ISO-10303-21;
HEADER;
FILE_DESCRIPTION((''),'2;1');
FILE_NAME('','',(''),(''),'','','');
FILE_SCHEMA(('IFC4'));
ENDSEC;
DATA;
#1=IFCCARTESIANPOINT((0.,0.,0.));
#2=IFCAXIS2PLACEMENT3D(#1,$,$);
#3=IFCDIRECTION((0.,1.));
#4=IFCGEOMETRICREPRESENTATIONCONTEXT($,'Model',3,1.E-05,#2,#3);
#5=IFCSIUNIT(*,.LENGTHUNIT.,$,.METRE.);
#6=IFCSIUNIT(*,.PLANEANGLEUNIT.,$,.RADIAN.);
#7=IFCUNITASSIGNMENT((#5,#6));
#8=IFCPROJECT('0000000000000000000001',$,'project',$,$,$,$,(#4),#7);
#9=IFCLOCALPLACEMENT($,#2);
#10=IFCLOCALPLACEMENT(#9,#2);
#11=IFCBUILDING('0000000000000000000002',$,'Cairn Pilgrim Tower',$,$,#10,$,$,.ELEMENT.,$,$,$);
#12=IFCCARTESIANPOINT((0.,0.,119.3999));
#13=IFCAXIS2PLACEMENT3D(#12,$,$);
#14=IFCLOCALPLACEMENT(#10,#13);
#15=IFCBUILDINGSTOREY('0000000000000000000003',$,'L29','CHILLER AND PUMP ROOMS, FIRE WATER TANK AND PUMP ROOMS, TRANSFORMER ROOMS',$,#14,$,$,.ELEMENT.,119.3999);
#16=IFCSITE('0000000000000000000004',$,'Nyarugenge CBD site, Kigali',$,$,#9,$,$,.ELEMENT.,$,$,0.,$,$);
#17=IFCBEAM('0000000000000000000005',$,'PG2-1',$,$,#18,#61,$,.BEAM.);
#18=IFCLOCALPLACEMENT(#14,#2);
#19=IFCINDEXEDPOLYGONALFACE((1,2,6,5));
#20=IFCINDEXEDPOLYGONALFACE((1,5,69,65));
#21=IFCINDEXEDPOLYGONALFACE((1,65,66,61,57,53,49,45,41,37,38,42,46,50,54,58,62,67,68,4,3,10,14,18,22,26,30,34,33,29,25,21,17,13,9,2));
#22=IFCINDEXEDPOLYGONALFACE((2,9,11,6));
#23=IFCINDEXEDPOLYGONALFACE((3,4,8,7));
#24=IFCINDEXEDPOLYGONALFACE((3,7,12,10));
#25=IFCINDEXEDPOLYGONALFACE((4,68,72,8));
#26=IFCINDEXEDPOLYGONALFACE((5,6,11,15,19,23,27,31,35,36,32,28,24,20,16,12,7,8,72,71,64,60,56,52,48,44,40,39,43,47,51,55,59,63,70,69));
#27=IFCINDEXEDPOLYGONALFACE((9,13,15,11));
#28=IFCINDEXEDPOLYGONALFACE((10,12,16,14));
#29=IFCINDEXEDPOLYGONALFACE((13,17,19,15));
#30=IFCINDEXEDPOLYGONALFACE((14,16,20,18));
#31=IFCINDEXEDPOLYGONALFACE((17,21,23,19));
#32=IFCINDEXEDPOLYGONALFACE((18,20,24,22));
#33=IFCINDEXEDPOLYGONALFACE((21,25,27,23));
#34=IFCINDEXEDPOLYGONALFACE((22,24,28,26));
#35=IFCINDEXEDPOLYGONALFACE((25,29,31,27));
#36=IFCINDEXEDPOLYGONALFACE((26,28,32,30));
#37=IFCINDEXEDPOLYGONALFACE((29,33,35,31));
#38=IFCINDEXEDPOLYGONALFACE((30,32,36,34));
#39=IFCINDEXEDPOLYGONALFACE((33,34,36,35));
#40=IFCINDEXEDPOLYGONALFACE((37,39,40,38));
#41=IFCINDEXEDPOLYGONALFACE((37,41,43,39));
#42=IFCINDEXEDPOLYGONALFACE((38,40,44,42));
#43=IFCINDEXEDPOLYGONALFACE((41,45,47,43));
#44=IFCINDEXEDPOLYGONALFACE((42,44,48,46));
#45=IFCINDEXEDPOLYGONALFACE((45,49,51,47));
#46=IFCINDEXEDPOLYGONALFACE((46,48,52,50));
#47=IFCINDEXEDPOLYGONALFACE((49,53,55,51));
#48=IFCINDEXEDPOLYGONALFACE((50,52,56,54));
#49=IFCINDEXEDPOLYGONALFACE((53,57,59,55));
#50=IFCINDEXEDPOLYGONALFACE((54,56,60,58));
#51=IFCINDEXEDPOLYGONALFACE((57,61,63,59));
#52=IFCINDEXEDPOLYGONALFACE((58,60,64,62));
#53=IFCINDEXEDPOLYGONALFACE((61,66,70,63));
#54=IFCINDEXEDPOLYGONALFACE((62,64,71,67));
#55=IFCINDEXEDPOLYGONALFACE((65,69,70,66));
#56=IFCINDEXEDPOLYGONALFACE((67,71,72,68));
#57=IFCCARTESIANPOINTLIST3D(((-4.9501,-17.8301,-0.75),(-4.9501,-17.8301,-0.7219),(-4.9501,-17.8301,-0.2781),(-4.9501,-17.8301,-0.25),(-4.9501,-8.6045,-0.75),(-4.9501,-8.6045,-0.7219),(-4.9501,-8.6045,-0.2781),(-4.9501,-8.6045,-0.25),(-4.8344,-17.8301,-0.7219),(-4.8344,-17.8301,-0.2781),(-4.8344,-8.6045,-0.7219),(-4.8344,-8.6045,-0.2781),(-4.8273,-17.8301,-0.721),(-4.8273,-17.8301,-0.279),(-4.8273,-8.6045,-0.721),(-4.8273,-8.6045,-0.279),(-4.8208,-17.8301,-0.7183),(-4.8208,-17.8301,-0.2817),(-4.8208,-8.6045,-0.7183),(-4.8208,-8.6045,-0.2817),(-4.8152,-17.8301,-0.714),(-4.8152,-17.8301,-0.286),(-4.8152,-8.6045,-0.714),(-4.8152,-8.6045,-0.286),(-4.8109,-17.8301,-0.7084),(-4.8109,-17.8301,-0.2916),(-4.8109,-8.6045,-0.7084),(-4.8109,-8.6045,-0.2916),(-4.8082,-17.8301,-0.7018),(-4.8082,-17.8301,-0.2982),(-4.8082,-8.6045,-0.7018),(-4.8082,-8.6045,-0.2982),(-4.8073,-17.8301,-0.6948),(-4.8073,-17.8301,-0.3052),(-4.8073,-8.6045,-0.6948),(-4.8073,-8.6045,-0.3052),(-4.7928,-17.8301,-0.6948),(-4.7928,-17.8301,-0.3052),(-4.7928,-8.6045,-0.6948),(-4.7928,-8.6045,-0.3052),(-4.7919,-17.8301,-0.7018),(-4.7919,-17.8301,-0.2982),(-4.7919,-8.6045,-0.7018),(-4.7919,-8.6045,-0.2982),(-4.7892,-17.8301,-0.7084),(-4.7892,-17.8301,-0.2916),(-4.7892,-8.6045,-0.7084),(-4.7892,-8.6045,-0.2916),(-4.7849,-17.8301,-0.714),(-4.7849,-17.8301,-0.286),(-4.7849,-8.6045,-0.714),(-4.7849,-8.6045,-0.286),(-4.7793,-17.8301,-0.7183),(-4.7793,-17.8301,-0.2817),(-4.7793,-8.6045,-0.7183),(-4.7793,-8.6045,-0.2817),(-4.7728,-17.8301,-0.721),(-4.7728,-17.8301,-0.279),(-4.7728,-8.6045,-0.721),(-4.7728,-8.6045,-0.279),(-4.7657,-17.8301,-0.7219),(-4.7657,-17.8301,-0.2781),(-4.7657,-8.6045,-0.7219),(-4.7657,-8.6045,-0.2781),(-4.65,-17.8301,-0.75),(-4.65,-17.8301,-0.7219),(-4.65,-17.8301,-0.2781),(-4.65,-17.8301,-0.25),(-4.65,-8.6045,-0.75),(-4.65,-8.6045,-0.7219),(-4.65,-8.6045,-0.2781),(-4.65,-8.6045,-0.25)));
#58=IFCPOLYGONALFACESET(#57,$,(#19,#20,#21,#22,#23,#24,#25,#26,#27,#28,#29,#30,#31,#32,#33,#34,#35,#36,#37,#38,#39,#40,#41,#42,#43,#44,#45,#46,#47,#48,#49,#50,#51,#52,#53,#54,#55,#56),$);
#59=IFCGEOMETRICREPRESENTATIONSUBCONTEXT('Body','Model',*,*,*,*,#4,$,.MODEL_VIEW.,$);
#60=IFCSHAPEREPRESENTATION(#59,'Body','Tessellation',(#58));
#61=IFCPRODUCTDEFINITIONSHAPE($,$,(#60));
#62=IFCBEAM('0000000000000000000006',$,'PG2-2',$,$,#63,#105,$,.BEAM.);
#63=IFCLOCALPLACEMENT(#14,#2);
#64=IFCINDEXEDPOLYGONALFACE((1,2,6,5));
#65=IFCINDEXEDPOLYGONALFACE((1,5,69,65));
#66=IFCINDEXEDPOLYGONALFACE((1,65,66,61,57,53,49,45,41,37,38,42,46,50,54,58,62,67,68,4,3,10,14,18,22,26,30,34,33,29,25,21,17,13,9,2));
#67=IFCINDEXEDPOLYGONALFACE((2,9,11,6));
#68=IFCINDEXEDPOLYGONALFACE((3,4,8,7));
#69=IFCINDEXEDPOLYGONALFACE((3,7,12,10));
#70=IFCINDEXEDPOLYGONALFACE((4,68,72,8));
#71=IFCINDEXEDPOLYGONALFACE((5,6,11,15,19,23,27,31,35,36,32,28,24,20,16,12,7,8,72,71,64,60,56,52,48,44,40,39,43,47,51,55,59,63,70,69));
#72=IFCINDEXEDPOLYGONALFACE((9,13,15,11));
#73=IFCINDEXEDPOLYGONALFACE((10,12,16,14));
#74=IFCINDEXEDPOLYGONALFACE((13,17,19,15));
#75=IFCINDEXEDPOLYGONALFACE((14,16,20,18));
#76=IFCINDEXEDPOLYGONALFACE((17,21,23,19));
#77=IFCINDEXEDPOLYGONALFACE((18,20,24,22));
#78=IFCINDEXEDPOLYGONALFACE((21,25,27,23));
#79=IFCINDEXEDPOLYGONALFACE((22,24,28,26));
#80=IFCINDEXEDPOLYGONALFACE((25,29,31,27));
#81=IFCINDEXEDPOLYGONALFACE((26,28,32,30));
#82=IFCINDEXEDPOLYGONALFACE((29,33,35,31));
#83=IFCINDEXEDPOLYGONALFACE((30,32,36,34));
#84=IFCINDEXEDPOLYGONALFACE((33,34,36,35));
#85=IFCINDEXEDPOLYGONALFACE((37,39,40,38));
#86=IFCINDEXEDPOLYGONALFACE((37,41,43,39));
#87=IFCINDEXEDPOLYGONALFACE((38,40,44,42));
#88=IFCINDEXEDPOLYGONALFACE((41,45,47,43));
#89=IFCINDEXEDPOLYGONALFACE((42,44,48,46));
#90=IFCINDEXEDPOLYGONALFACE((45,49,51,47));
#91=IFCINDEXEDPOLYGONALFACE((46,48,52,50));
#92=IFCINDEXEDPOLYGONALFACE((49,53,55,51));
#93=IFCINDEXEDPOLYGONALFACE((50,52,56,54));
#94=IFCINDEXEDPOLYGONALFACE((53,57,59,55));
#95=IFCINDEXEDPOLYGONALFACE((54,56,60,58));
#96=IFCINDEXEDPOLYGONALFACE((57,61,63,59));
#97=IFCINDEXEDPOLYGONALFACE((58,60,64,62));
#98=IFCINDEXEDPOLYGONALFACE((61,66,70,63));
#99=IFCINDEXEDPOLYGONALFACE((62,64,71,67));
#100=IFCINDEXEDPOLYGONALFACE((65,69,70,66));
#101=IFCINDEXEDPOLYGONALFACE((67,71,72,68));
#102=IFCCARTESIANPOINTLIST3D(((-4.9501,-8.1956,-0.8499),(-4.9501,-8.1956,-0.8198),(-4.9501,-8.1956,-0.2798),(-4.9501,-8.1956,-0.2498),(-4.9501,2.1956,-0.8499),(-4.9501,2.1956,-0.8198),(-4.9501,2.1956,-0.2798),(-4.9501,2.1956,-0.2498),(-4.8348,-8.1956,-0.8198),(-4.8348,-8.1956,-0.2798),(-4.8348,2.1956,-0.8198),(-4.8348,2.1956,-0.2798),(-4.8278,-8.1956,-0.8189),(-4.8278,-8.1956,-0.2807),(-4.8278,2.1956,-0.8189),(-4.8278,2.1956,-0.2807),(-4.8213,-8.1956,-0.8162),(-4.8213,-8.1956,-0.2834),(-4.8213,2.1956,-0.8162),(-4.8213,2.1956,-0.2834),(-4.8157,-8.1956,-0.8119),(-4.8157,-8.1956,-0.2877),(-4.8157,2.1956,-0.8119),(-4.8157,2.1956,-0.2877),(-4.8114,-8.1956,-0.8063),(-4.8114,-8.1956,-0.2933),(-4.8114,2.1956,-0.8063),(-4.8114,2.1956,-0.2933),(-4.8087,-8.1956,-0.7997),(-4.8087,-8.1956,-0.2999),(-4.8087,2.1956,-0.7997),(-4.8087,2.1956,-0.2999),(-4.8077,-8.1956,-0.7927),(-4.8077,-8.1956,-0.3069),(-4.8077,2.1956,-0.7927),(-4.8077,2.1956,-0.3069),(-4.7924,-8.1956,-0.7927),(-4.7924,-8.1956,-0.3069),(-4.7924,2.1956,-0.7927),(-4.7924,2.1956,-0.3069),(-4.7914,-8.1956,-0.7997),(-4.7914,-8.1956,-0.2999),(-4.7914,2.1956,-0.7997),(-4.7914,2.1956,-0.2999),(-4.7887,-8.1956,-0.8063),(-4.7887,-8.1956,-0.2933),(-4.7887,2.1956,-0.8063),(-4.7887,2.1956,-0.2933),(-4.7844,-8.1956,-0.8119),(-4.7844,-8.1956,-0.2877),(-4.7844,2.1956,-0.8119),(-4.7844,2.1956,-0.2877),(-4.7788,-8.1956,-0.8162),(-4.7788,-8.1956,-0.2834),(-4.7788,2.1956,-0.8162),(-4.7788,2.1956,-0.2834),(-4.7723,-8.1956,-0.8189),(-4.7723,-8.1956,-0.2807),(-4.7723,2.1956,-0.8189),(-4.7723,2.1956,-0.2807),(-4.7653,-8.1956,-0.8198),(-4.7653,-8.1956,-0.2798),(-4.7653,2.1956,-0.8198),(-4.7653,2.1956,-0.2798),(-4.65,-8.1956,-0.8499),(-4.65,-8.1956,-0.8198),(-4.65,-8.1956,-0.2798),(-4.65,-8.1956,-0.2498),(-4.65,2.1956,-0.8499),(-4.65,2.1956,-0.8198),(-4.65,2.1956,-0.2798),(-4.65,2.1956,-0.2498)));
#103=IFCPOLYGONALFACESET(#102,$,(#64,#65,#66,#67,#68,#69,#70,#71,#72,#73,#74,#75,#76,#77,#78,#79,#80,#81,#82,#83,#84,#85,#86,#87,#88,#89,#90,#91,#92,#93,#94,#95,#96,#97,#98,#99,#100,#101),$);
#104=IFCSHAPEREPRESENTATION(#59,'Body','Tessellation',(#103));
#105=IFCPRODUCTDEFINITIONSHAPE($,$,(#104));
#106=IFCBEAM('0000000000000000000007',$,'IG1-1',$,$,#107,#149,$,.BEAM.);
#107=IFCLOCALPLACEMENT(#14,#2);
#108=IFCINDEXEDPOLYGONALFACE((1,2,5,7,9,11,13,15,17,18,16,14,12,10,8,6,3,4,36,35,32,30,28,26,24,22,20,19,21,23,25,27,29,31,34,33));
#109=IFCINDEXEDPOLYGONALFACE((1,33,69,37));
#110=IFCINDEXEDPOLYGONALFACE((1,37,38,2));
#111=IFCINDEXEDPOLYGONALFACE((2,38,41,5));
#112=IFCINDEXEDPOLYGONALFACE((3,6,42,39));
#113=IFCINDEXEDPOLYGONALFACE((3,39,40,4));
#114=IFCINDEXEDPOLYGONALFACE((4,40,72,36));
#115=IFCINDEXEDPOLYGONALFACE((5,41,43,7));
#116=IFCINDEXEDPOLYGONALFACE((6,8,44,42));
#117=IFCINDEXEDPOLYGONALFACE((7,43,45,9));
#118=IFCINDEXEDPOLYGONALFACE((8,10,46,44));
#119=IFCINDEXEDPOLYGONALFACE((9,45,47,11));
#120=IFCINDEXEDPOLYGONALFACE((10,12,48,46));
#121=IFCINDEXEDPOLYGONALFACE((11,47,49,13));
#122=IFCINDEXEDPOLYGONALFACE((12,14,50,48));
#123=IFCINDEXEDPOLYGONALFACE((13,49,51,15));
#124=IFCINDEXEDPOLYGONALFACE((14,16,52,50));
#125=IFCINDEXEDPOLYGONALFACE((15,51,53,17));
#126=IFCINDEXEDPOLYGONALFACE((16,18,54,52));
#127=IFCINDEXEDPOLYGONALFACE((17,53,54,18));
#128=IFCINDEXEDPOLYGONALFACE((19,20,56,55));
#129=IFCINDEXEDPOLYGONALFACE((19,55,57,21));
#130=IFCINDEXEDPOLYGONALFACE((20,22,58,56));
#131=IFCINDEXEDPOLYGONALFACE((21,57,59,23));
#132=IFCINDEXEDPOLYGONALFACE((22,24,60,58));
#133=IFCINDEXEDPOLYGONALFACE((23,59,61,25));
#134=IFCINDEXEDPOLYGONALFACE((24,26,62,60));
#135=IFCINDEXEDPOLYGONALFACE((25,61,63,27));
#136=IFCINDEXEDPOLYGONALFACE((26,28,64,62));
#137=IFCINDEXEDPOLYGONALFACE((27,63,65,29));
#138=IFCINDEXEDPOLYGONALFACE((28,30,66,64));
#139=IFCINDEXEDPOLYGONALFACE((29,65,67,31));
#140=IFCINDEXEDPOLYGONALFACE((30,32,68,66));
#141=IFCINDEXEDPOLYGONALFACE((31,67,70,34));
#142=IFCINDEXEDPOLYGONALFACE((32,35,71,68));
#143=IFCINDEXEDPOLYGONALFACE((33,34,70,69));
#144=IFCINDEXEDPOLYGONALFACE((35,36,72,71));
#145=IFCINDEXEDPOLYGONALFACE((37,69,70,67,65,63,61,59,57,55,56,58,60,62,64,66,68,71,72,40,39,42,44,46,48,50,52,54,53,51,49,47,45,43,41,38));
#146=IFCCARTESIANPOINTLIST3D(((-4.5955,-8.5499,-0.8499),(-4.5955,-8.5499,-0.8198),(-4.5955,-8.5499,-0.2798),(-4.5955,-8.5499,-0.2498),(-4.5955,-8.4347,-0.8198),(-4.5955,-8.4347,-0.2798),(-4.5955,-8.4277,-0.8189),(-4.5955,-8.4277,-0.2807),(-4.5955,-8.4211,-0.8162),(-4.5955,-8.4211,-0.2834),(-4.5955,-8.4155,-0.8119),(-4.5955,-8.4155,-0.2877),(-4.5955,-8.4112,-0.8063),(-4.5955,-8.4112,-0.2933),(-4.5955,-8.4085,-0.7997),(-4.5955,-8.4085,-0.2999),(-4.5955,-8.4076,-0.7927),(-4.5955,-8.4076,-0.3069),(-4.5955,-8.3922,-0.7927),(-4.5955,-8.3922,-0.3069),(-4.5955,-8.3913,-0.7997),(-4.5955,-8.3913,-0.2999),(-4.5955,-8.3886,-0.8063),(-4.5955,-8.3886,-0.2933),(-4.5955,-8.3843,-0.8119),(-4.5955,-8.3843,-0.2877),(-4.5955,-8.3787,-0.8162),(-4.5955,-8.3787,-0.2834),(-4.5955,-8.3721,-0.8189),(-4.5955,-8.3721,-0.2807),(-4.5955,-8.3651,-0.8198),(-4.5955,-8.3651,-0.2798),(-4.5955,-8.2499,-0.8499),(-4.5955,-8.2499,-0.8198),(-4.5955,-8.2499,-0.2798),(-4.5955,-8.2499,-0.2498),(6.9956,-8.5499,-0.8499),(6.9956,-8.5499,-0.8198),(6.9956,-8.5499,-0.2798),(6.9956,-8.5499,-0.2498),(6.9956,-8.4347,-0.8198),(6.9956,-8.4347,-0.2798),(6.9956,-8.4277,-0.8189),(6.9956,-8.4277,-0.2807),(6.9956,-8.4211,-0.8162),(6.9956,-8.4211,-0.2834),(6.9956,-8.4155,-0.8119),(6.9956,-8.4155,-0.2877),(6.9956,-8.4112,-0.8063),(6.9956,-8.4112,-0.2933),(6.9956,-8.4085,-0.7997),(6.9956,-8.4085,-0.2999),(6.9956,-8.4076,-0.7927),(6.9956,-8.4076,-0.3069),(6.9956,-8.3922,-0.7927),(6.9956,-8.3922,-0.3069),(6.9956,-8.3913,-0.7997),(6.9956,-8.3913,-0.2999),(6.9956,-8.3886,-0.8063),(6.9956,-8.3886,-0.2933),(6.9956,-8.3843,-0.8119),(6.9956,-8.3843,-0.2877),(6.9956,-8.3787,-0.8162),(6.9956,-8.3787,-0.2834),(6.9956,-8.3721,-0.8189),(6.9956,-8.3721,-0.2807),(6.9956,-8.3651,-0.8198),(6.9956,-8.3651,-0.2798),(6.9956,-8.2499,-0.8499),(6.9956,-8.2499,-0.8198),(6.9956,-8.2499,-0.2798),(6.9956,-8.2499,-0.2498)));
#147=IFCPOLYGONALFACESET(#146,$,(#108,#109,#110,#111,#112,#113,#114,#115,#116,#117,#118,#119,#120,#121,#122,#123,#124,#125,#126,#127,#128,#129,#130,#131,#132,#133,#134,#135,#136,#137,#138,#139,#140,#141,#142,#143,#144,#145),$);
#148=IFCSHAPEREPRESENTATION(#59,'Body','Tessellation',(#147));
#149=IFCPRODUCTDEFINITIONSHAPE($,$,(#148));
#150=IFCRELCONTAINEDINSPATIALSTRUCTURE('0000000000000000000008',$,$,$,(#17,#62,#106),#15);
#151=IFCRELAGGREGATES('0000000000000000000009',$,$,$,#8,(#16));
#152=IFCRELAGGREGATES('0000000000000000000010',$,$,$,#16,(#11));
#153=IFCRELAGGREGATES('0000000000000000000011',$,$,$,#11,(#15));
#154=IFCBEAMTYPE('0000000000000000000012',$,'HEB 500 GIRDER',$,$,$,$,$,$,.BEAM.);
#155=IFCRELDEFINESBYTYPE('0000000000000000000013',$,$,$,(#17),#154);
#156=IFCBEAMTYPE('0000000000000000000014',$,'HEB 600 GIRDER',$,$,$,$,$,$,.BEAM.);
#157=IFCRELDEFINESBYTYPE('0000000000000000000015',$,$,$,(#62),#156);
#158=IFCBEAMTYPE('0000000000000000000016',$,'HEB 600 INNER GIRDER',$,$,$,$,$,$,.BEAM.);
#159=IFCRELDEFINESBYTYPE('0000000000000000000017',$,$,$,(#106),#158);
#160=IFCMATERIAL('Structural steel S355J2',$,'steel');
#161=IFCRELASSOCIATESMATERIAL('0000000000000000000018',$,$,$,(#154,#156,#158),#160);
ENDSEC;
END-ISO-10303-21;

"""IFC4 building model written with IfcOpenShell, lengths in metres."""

from ifc_helpers import new_model, si_unit, direction, frame, origin, origin_2d, place, context, subcontext, project, spatial, i_section, extrude, material, material_profile, profile_set, type_object, element, save


model = new_model("IFC4")

# Units and contexts
model_context = context("Model", 3, precision=1e-05, world=origin(), true_north=direction((0.0, 1.0)))
body_context = subcontext(model_context, "Body", "Model", "MODEL_VIEW")
ifc_project = project(units=[si_unit("LENGTHUNIT", "METRE"), si_unit("PLANEANGLEUNIT", "RADIAN")], contexts=[model_context])

# Site, building, storey
site_placement = place(None, origin())
site = spatial("IfcSite", under=ifc_project, at=site_placement, Name="Nyarugenge CBD site, Kigali", CompositionType="ELEMENT", RefElevation=0.0)
building_placement = place(site_placement, origin())
building = spatial("IfcBuilding", under=site, at=building_placement, Name="Cairn Pilgrim Tower", CompositionType="ELEMENT")
storey_placement = place(building_placement, frame((0.0, 0.0, 119.3999)))
storey = spatial("IfcBuildingStorey", under=building, at=storey_placement, Name="L29", Description="CHILLER AND PUMP ROOMS, FIRE WATER TANK AND PUMP ROOMS, TRANSFORMER ROOMS", CompositionType="ELEMENT", Elevation=119.3999)

# Beams
ifc_material_1 = material(Name="Structural steel S355J2", Category="steel")
ifc_material_profile_1 = material_profile(ifc_material_1, i_section(OverallWidth=0.3, OverallDepth=0.5, WebThickness=0.0144, FlangeThickness=0.0281, FilletRadius=0.0271, at=origin_2d()), Name="HEB 500")
ifc_profile_set_1 = profile_set([ifc_material_profile_1], Name="Structural steel S355J2")
beam_type_1 = type_object("IfcBeamType", Name="HEB 500 GIRDER", PredefinedType="BEAM", material=ifc_profile_set_1)
beam_1_placement = place(storey_placement, frame((-4.8, -17.8301, -0.5), z_axis=(0.0, 1.0, 0.0), x_axis=(-1.0, 0.0, 0.0)))
element("IfcBeam", 1, at=beam_1_placement, inside=storey, type_object=beam_type_1, Name="PG2-1", PredefinedType="BEAM", context=body_context, shape_type="SweptSolid", body=[
    extrude(i_section(OverallWidth=0.3, OverallDepth=0.5, WebThickness=0.0144, FlangeThickness=0.0281, FilletRadius=0.0271, at=origin_2d()), origin(), (0.0, 0.0, 1.0), 9.2256),
])
ifc_material_profile_2 = material_profile(ifc_material_1, i_section(OverallWidth=0.3, OverallDepth=0.6001, WebThickness=0.0154, FlangeThickness=0.03, FilletRadius=0.0271, at=origin_2d()), Name="HEB 600")
ifc_profile_set_2 = profile_set([ifc_material_profile_2], Name="Structural steel S355J2")
beam_type_2 = type_object("IfcBeamType", Name="HEB 600 GIRDER", PredefinedType="BEAM", material=ifc_profile_set_2)
beam_2_placement = place(storey_placement, frame((-4.8, -8.1956, -0.5498), z_axis=(0.0, 1.0, 0.0), x_axis=(-1.0, 0.0, 0.0)))
element("IfcBeam", 2, at=beam_2_placement, inside=storey, type_object=beam_type_2, Name="PG2-2", PredefinedType="BEAM", context=body_context, shape_type="SweptSolid", body=[
    extrude(i_section(OverallWidth=0.3, OverallDepth=0.6001, WebThickness=0.0154, FlangeThickness=0.03, FilletRadius=0.0271, at=origin_2d()), origin(), (0.0, 0.0, 1.0), 10.3911),
])
ifc_material_profile_3 = material_profile(ifc_material_1, i_section(OverallWidth=0.3, OverallDepth=0.6001, WebThickness=0.0154, FlangeThickness=0.03, FilletRadius=0.0271, at=origin_2d()), Name="HEB 600")
ifc_profile_set_3 = profile_set([ifc_material_profile_3], Name="Structural steel S355J2")
beam_type_3 = type_object("IfcBeamType", Name="HEB 600 INNER GIRDER", PredefinedType="BEAM", material=ifc_profile_set_3)
beam_3_placement = place(storey_placement, frame((-4.5955, -8.3999, -0.5498), z_axis=(1.0, 0.0, 0.0), x_axis=(0.0, 1.0, 0.0)))
element("IfcBeam", 3, at=beam_3_placement, inside=storey, type_object=beam_type_3, Name="IG1-1", PredefinedType="BEAM", context=body_context, shape_type="SweptSolid", body=[
    extrude(i_section(OverallWidth=0.3, OverallDepth=0.6001, WebThickness=0.0154, FlangeThickness=0.03, FilletRadius=0.0271, at=origin_2d()), origin(), (0.0, 0.0, 1.0), 11.5911),
])

save(model, "model.ifc")
